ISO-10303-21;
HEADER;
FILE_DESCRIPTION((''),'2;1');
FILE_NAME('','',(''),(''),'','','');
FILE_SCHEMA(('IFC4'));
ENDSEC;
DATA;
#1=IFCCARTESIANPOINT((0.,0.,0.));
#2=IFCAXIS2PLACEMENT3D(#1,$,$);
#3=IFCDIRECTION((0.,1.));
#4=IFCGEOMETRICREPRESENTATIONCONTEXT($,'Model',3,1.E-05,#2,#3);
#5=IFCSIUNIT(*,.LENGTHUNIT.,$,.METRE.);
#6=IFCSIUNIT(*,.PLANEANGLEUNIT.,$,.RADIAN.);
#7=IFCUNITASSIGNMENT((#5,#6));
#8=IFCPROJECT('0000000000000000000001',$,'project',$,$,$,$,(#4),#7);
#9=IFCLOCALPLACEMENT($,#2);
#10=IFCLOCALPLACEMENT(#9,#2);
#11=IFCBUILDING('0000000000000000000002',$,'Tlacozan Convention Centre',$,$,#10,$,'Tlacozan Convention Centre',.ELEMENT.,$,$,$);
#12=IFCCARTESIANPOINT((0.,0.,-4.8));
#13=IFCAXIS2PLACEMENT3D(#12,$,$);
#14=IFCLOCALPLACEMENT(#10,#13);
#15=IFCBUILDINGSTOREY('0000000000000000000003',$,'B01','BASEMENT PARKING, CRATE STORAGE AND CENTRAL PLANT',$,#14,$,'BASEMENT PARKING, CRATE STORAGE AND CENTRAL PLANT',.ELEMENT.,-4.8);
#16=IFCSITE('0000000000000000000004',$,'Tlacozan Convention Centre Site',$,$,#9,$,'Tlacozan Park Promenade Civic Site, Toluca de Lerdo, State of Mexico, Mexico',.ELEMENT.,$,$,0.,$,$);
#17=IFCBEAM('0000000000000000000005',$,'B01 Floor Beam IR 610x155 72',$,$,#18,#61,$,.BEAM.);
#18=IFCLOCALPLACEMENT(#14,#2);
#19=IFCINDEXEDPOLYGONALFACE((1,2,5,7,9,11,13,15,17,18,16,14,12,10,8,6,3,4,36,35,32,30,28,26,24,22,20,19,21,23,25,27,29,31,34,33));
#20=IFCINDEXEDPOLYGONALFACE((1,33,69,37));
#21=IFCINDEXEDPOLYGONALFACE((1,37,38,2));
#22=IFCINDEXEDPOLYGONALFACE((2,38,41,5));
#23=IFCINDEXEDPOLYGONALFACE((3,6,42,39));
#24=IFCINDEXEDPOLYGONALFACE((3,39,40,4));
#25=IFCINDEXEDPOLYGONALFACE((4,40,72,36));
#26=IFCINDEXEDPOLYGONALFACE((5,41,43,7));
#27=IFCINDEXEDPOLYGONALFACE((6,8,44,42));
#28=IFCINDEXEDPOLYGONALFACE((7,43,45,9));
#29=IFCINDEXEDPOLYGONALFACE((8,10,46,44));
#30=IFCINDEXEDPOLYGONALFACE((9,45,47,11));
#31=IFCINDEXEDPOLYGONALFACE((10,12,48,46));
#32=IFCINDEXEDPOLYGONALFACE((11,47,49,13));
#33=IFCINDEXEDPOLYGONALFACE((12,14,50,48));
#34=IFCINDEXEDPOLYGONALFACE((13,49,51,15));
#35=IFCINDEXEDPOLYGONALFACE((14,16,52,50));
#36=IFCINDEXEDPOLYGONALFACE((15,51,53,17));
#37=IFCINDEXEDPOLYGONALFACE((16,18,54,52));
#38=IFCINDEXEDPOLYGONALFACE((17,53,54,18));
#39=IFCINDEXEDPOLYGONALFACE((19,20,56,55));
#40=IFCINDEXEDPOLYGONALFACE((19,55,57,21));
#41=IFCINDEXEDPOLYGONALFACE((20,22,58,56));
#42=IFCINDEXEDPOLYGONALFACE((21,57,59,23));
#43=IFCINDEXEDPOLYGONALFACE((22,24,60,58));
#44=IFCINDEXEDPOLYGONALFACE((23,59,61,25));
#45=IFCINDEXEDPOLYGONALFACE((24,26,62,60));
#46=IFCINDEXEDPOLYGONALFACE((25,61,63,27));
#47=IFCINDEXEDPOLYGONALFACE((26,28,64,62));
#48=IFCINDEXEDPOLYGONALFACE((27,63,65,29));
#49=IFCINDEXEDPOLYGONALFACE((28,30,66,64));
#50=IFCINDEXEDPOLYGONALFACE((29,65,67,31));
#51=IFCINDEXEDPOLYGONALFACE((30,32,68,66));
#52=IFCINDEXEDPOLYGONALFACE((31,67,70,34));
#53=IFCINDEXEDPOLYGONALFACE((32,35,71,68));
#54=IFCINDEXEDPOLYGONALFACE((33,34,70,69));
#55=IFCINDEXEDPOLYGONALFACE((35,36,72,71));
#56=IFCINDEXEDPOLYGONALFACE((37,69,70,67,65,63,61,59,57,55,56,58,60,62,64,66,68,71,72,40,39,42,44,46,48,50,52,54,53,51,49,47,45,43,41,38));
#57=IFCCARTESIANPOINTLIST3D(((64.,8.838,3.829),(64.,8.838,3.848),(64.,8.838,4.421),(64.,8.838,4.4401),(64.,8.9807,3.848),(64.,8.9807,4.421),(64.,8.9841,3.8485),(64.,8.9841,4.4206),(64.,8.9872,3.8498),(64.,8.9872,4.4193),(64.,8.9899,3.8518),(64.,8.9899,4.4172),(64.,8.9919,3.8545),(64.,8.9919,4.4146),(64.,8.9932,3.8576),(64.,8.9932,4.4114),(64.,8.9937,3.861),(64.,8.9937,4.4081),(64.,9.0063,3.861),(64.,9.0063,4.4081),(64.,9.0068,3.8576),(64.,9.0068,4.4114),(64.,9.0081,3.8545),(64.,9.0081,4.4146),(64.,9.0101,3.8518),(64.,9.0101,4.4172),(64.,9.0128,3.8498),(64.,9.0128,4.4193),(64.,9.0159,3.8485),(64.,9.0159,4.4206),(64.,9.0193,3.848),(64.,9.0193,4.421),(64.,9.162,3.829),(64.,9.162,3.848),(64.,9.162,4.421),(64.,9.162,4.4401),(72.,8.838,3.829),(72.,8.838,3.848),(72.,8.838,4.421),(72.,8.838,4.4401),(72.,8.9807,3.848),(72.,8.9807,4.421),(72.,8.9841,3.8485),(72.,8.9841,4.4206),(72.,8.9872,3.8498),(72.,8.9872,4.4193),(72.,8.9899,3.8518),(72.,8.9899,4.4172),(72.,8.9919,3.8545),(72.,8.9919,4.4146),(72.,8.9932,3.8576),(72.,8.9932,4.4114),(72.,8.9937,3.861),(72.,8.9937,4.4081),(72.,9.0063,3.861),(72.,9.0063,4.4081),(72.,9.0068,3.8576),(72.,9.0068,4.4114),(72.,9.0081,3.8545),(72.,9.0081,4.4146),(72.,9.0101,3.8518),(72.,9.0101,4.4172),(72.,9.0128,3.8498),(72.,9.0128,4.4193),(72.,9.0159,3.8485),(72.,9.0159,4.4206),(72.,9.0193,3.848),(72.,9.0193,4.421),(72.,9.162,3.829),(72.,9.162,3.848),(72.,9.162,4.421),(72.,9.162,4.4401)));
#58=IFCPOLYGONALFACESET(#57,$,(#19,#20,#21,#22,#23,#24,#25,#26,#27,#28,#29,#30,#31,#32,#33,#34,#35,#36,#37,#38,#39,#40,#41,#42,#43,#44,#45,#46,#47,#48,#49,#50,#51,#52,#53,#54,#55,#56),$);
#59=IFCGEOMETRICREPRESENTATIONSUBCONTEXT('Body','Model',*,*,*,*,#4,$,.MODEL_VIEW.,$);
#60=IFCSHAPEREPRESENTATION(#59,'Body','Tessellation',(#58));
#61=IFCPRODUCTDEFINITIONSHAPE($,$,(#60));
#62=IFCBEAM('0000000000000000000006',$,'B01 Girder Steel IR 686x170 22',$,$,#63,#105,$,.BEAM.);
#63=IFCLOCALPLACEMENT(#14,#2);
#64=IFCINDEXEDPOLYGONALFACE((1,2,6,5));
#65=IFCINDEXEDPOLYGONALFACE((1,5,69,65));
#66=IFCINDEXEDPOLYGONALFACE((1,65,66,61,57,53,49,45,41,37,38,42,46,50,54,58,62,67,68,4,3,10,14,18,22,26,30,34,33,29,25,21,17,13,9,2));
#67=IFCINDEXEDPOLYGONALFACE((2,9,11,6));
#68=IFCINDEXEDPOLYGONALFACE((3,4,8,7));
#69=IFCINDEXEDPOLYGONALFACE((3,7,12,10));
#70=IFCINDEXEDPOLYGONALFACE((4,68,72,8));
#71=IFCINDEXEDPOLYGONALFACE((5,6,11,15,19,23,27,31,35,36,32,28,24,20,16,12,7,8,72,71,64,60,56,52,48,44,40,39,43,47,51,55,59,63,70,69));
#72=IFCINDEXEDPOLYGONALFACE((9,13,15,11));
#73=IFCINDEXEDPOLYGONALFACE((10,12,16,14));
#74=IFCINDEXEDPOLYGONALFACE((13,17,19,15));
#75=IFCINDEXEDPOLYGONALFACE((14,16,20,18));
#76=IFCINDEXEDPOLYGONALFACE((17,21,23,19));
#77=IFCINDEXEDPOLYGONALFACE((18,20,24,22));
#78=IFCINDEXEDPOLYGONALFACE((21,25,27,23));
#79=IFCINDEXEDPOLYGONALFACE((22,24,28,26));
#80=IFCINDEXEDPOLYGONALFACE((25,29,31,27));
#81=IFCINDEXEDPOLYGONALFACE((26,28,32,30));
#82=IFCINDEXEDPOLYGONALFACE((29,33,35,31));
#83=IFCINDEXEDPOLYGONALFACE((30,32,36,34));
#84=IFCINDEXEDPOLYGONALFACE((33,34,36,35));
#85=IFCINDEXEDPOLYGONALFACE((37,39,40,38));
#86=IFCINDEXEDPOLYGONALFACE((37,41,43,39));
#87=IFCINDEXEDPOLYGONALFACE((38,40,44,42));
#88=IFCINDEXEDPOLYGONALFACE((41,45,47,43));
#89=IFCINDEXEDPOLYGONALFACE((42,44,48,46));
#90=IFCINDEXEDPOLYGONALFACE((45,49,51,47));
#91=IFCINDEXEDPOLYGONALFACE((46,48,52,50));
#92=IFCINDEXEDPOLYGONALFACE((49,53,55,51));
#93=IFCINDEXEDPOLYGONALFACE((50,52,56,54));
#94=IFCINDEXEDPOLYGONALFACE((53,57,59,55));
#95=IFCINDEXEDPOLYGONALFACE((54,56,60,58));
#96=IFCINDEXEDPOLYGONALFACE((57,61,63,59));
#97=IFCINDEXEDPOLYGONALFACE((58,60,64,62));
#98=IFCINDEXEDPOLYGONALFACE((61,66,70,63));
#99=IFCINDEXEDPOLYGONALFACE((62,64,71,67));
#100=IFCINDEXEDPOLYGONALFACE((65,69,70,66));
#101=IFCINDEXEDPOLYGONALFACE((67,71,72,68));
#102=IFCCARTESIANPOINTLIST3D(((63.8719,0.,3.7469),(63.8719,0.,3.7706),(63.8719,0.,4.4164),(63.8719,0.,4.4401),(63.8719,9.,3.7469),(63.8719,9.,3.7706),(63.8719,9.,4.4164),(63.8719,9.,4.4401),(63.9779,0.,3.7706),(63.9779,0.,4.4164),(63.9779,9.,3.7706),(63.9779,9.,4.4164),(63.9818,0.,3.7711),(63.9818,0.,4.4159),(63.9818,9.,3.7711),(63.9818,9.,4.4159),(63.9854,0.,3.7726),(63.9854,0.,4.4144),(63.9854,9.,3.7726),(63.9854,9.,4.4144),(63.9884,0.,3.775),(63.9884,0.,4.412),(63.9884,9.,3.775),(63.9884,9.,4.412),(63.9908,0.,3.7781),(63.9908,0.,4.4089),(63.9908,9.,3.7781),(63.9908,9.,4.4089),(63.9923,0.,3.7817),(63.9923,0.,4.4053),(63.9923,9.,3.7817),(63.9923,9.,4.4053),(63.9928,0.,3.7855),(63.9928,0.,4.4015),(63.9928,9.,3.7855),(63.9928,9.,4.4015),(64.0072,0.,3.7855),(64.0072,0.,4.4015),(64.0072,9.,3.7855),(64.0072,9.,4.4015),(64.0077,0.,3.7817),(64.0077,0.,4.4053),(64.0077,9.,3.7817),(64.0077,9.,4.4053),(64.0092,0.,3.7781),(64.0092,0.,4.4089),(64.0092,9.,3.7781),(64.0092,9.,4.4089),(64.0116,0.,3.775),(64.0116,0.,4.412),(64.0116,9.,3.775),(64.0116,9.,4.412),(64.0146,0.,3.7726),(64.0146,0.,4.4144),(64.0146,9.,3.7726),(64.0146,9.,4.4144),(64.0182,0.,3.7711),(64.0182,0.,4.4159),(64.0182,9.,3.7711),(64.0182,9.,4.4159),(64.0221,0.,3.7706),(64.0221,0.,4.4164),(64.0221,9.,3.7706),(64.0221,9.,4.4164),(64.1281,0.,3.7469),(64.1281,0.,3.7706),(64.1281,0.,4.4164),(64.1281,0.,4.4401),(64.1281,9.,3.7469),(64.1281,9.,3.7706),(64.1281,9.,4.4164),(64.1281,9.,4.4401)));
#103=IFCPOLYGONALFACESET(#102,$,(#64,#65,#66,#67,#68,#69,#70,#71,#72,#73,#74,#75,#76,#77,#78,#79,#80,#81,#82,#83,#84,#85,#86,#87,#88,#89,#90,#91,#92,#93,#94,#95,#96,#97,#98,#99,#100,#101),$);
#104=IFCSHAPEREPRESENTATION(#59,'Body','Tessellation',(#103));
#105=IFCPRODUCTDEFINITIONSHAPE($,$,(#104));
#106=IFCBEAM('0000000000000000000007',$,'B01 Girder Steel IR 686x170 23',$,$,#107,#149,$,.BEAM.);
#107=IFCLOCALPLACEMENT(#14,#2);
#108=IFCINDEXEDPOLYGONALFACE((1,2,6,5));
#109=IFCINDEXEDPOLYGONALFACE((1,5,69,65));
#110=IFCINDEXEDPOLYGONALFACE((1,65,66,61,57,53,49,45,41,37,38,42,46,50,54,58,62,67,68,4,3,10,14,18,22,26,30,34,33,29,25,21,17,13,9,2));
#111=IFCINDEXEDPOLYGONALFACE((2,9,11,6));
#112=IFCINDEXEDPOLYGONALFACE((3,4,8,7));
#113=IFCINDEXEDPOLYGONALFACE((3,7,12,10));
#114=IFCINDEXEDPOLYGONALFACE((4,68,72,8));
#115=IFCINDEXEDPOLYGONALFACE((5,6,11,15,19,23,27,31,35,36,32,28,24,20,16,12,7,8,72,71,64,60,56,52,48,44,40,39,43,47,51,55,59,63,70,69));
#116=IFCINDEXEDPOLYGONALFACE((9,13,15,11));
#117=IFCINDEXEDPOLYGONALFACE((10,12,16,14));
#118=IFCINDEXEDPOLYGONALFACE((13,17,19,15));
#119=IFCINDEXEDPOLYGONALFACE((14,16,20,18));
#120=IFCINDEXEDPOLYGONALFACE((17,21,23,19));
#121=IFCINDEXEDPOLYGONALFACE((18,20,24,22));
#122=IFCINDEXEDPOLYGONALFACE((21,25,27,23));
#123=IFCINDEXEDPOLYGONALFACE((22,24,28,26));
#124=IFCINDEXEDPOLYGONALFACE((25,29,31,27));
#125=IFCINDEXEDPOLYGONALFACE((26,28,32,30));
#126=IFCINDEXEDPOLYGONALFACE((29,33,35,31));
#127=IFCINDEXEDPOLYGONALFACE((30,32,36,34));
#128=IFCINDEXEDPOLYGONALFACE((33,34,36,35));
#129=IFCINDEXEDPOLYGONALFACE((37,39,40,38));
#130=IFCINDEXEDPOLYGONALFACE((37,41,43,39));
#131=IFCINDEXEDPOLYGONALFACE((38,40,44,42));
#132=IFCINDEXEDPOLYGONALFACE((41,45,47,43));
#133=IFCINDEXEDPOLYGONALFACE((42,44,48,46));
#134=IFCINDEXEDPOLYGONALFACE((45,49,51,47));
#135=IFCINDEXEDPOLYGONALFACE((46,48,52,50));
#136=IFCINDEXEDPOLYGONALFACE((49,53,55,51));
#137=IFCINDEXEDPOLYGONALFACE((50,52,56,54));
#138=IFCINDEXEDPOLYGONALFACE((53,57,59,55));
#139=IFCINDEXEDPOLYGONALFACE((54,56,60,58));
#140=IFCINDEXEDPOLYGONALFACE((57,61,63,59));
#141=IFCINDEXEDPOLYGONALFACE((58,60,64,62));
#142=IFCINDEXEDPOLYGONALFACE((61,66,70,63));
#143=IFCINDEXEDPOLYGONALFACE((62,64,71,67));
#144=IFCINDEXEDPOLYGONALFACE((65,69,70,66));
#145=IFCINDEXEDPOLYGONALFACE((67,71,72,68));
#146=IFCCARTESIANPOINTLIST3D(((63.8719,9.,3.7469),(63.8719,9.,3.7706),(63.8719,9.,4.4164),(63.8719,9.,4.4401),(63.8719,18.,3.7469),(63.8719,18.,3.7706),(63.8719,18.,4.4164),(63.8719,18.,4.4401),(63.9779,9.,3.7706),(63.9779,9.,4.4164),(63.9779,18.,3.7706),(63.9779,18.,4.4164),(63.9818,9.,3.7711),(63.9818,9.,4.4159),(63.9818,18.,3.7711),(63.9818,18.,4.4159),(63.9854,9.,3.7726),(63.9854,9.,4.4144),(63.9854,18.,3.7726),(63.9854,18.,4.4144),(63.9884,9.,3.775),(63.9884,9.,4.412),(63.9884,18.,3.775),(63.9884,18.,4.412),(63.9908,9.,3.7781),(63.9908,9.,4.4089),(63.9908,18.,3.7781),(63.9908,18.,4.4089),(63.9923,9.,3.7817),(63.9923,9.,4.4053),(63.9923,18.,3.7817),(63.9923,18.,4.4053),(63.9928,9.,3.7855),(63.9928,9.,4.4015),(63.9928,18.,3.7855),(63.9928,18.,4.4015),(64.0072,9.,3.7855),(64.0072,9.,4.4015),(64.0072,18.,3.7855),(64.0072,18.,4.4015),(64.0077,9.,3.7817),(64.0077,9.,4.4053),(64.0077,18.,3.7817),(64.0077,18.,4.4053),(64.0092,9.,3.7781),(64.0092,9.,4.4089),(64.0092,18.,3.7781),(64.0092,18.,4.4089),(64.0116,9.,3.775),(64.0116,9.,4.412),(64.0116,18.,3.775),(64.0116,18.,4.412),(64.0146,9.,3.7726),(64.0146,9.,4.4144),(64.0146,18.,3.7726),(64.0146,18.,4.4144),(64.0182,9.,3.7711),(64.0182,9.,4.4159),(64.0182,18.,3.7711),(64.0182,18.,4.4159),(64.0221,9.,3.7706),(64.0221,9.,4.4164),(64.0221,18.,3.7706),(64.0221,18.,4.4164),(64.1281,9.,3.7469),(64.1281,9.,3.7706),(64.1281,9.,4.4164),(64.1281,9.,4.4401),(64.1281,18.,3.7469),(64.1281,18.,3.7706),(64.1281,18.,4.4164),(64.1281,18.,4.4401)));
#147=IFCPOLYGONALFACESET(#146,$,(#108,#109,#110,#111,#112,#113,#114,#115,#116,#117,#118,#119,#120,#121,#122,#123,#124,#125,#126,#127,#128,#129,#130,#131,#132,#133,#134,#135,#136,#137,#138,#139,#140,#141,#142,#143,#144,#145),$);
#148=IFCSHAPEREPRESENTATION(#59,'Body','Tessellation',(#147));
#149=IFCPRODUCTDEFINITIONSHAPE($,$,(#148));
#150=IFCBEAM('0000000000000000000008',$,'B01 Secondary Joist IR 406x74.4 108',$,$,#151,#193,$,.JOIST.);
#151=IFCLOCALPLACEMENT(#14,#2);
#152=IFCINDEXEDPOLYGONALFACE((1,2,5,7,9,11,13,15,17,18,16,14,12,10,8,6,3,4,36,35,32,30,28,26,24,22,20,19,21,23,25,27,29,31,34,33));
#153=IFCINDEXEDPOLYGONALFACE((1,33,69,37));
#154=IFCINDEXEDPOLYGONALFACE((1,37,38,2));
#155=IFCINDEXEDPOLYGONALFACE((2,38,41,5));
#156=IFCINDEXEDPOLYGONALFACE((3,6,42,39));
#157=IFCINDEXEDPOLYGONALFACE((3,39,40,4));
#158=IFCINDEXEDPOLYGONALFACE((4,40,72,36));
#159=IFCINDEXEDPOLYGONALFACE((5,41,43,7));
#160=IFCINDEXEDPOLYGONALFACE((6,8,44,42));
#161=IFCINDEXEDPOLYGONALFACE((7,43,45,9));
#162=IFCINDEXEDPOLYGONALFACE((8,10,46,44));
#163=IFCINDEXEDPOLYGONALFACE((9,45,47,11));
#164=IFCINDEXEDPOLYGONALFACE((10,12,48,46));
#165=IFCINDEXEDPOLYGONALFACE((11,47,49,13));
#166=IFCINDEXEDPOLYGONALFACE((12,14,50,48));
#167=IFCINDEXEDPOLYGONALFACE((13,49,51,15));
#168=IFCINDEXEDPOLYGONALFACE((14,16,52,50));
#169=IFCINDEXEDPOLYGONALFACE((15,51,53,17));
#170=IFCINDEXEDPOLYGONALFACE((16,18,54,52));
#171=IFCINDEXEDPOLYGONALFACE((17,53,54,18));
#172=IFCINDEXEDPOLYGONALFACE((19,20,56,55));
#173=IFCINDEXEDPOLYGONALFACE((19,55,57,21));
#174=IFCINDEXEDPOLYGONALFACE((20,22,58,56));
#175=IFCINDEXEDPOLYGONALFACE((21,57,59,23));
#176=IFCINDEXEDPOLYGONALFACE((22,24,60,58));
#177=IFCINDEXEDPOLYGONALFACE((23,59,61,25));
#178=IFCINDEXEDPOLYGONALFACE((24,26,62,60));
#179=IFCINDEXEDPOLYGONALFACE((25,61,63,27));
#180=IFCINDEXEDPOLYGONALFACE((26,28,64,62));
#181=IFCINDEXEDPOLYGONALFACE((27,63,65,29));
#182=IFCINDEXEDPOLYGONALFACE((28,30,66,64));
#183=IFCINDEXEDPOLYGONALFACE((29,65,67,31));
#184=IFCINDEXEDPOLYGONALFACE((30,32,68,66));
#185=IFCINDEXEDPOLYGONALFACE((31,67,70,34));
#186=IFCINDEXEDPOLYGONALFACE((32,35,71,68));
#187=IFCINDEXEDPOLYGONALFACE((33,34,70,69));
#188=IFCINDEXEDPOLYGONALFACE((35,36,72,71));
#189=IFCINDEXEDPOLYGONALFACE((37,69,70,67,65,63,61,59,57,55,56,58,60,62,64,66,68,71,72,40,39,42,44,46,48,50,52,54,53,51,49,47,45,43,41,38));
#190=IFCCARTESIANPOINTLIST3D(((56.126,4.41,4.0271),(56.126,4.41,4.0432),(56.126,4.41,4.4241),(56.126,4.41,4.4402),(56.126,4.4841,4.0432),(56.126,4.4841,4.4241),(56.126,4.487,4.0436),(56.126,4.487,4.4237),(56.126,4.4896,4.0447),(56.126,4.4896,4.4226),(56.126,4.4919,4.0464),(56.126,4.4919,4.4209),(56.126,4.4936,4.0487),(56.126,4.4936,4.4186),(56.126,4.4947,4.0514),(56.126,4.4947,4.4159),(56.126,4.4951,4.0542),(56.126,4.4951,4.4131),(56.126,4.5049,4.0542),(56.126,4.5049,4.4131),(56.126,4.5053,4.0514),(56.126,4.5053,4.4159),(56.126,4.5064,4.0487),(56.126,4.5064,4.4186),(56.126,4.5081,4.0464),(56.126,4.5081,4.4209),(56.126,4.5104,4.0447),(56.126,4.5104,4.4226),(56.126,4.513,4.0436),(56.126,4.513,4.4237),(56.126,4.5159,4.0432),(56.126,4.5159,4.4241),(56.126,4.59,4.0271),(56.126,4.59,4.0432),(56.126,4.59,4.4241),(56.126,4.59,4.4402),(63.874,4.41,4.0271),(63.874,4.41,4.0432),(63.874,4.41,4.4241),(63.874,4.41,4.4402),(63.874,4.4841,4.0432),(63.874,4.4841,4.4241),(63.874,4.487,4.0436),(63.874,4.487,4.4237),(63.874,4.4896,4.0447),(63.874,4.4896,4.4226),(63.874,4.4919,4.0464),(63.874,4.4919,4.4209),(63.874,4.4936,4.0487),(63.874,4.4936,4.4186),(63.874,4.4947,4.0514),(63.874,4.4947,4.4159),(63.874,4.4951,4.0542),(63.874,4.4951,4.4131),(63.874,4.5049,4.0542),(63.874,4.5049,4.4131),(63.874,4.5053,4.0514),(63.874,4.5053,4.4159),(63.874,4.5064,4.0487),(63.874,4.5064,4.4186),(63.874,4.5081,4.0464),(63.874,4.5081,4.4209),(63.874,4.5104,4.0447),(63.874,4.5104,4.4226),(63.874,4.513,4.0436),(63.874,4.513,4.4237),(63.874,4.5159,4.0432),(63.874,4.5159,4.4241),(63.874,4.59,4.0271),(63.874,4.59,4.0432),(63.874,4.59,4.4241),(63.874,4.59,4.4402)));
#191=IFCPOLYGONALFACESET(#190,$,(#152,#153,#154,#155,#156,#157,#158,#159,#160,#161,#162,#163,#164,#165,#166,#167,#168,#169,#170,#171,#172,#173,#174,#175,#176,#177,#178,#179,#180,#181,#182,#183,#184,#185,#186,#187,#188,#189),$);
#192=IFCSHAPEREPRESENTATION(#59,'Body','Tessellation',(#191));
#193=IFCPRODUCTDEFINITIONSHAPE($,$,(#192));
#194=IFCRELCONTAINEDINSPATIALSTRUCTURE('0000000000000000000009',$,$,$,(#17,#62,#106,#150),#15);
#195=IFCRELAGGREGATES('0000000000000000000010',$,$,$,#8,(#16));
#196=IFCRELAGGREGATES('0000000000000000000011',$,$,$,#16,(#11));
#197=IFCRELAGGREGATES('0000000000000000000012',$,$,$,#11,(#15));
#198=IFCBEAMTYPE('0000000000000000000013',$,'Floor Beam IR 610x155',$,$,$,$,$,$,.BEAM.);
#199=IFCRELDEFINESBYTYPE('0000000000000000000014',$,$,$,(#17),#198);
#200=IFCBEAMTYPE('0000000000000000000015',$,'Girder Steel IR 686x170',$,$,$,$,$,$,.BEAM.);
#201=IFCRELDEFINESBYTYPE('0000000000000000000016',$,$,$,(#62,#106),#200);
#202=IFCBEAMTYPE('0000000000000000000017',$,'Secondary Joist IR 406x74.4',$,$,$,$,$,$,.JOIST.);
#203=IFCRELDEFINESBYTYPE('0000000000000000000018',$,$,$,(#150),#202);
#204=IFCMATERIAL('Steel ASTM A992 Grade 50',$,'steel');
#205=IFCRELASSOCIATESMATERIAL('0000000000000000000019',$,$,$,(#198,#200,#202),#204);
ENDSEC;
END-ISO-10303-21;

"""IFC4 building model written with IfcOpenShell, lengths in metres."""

from ifc_helpers import new_model, si_unit, direction, frame, origin, origin_2d, place, context, subcontext, project, spatial, i_section, extrude, material, material_profile, profile_set, type_object, element, save


model = new_model("IFC4")

# Units and contexts
model_context = context("Model", 3, precision=1e-05, world=origin(), true_north=direction((0.0, 1.0)))
body_context = subcontext(model_context, "Body", "Model", "MODEL_VIEW")
ifc_project = project(units=[si_unit("LENGTHUNIT", "METRE"), si_unit("PLANEANGLEUNIT", "RADIAN")], contexts=[model_context])

# Site, building, storey
site_placement = place(None, origin())
site = spatial("IfcSite", under=ifc_project, at=site_placement, Name="Tlacozan Convention Centre Site", LongName="Tlacozan Park Promenade Civic Site, Toluca de Lerdo, State of Mexico, Mexico", CompositionType="ELEMENT", RefElevation=0.0)
building_placement = place(site_placement, origin())
building = spatial("IfcBuilding", under=site, at=building_placement, Name="Tlacozan Convention Centre", LongName="Tlacozan Convention Centre", CompositionType="ELEMENT")
storey_placement = place(building_placement, frame((0.0, 0.0, -4.8)))
storey = spatial("IfcBuildingStorey", under=building, at=storey_placement, Name="B01", Description="BASEMENT PARKING, CRATE STORAGE AND CENTRAL PLANT", LongName="BASEMENT PARKING, CRATE STORAGE AND CENTRAL PLANT", CompositionType="ELEMENT", Elevation=-4.8)

# Beams
ifc_material_1 = material(Name="Steel ASTM A992 Grade 50", Category="steel")
ifc_material_profile_1 = material_profile(ifc_material_1, i_section(OverallWidth=0.324, OverallDepth=0.6111, WebThickness=0.0127, FlangeThickness=0.019, FilletRadius=0.0129, at=origin_2d()), Name="IR 610x155.0")
ifc_profile_set_1 = profile_set([ifc_material_profile_1], Name="Steel ASTM A992 Grade 50")
beam_type_1 = type_object("IfcBeamType", Name="Floor Beam IR 610x155", PredefinedType="BEAM", material=ifc_profile_set_1)
for number, where, z_axis, x_axis, name in (
    (1, (64.0, 9.0, 4.1345), (1.0, 0.0, 0.0), (0.0, 1.0, 0.0), "B01 Floor Beam IR 610x155 72"),
):
    element("IfcBeam", number, at=place(storey_placement, frame(where, z_axis=z_axis, x_axis=x_axis)), inside=storey, type_object=beam_type_1, Name=name, PredefinedType="BEAM", context=body_context, shape_type="SweptSolid", body=[
        extrude(i_section(OverallWidth=0.324, OverallDepth=0.6111, WebThickness=0.0127, FlangeThickness=0.019, FilletRadius=0.0129, at=origin_2d()), origin(), (0.0, 0.0, 1.0), 8.0),
    ])
ifc_material_profile_2 = material_profile(ifc_material_1, i_section(OverallWidth=0.2561, OverallDepth=0.6931, WebThickness=0.0144, FlangeThickness=0.0237, FilletRadius=0.0149, at=origin_2d()), Name="IR 686x170.0")
ifc_profile_set_2 = profile_set([ifc_material_profile_2], Name="Steel ASTM A992 Grade 50")
beam_type_2 = type_object("IfcBeamType", Name="Girder Steel IR 686x170", PredefinedType="BEAM", material=ifc_profile_set_2)
for number, where, z_axis, x_axis, name in (
    (2, (64.0, 0.0, 4.0935), (0.0, 1.0, 0.0), (-1.0, 0.0, 0.0), "B01 Girder Steel IR 686x170 22"),
    (3, (64.0, 9.0, 4.0935), (0.0, 1.0, 0.0), (-1.0, 0.0, 0.0), "B01 Girder Steel IR 686x170 23"),
):
    element("IfcBeam", number, at=place(storey_placement, frame(where, z_axis=z_axis, x_axis=x_axis)), inside=storey, type_object=beam_type_2, Name=name, PredefinedType="BEAM", context=body_context, shape_type="SweptSolid", body=[
        extrude(i_section(OverallWidth=0.2561, OverallDepth=0.6931, WebThickness=0.0144, FlangeThickness=0.0237, FilletRadius=0.0149, at=origin_2d()), origin(), (0.0, 0.0, 1.0), 9.0),
    ])
ifc_material_profile_3 = material_profile(ifc_material_1, i_section(OverallWidth=0.1799, OverallDepth=0.4131, WebThickness=0.0098, FlangeThickness=0.0161, FilletRadius=0.011, at=origin_2d()), Name="IR 406x74.4")
ifc_profile_set_3 = profile_set([ifc_material_profile_3], Name="Steel ASTM A992 Grade 50")
beam_type_3 = type_object("IfcBeamType", Name="Secondary Joist IR 406x74.4", PredefinedType="JOIST", material=ifc_profile_set_3)
for number, where, z_axis, x_axis, name in (
    (4, (56.126, 4.5, 4.2336), (1.0, 0.0, 0.0), (0.0, 1.0, 0.0), "B01 Secondary Joist IR 406x74.4 108"),
):
    element("IfcBeam", number, at=place(storey_placement, frame(where, z_axis=z_axis, x_axis=x_axis)), inside=storey, type_object=beam_type_3, Name=name, PredefinedType="JOIST", context=body_context, shape_type="SweptSolid", body=[
        extrude(i_section(OverallWidth=0.1799, OverallDepth=0.4131, WebThickness=0.0098, FlangeThickness=0.0161, FilletRadius=0.011, at=origin_2d()), origin(), (0.0, 0.0, 1.0), 7.748),
    ])

save(model, "model.ifc")
